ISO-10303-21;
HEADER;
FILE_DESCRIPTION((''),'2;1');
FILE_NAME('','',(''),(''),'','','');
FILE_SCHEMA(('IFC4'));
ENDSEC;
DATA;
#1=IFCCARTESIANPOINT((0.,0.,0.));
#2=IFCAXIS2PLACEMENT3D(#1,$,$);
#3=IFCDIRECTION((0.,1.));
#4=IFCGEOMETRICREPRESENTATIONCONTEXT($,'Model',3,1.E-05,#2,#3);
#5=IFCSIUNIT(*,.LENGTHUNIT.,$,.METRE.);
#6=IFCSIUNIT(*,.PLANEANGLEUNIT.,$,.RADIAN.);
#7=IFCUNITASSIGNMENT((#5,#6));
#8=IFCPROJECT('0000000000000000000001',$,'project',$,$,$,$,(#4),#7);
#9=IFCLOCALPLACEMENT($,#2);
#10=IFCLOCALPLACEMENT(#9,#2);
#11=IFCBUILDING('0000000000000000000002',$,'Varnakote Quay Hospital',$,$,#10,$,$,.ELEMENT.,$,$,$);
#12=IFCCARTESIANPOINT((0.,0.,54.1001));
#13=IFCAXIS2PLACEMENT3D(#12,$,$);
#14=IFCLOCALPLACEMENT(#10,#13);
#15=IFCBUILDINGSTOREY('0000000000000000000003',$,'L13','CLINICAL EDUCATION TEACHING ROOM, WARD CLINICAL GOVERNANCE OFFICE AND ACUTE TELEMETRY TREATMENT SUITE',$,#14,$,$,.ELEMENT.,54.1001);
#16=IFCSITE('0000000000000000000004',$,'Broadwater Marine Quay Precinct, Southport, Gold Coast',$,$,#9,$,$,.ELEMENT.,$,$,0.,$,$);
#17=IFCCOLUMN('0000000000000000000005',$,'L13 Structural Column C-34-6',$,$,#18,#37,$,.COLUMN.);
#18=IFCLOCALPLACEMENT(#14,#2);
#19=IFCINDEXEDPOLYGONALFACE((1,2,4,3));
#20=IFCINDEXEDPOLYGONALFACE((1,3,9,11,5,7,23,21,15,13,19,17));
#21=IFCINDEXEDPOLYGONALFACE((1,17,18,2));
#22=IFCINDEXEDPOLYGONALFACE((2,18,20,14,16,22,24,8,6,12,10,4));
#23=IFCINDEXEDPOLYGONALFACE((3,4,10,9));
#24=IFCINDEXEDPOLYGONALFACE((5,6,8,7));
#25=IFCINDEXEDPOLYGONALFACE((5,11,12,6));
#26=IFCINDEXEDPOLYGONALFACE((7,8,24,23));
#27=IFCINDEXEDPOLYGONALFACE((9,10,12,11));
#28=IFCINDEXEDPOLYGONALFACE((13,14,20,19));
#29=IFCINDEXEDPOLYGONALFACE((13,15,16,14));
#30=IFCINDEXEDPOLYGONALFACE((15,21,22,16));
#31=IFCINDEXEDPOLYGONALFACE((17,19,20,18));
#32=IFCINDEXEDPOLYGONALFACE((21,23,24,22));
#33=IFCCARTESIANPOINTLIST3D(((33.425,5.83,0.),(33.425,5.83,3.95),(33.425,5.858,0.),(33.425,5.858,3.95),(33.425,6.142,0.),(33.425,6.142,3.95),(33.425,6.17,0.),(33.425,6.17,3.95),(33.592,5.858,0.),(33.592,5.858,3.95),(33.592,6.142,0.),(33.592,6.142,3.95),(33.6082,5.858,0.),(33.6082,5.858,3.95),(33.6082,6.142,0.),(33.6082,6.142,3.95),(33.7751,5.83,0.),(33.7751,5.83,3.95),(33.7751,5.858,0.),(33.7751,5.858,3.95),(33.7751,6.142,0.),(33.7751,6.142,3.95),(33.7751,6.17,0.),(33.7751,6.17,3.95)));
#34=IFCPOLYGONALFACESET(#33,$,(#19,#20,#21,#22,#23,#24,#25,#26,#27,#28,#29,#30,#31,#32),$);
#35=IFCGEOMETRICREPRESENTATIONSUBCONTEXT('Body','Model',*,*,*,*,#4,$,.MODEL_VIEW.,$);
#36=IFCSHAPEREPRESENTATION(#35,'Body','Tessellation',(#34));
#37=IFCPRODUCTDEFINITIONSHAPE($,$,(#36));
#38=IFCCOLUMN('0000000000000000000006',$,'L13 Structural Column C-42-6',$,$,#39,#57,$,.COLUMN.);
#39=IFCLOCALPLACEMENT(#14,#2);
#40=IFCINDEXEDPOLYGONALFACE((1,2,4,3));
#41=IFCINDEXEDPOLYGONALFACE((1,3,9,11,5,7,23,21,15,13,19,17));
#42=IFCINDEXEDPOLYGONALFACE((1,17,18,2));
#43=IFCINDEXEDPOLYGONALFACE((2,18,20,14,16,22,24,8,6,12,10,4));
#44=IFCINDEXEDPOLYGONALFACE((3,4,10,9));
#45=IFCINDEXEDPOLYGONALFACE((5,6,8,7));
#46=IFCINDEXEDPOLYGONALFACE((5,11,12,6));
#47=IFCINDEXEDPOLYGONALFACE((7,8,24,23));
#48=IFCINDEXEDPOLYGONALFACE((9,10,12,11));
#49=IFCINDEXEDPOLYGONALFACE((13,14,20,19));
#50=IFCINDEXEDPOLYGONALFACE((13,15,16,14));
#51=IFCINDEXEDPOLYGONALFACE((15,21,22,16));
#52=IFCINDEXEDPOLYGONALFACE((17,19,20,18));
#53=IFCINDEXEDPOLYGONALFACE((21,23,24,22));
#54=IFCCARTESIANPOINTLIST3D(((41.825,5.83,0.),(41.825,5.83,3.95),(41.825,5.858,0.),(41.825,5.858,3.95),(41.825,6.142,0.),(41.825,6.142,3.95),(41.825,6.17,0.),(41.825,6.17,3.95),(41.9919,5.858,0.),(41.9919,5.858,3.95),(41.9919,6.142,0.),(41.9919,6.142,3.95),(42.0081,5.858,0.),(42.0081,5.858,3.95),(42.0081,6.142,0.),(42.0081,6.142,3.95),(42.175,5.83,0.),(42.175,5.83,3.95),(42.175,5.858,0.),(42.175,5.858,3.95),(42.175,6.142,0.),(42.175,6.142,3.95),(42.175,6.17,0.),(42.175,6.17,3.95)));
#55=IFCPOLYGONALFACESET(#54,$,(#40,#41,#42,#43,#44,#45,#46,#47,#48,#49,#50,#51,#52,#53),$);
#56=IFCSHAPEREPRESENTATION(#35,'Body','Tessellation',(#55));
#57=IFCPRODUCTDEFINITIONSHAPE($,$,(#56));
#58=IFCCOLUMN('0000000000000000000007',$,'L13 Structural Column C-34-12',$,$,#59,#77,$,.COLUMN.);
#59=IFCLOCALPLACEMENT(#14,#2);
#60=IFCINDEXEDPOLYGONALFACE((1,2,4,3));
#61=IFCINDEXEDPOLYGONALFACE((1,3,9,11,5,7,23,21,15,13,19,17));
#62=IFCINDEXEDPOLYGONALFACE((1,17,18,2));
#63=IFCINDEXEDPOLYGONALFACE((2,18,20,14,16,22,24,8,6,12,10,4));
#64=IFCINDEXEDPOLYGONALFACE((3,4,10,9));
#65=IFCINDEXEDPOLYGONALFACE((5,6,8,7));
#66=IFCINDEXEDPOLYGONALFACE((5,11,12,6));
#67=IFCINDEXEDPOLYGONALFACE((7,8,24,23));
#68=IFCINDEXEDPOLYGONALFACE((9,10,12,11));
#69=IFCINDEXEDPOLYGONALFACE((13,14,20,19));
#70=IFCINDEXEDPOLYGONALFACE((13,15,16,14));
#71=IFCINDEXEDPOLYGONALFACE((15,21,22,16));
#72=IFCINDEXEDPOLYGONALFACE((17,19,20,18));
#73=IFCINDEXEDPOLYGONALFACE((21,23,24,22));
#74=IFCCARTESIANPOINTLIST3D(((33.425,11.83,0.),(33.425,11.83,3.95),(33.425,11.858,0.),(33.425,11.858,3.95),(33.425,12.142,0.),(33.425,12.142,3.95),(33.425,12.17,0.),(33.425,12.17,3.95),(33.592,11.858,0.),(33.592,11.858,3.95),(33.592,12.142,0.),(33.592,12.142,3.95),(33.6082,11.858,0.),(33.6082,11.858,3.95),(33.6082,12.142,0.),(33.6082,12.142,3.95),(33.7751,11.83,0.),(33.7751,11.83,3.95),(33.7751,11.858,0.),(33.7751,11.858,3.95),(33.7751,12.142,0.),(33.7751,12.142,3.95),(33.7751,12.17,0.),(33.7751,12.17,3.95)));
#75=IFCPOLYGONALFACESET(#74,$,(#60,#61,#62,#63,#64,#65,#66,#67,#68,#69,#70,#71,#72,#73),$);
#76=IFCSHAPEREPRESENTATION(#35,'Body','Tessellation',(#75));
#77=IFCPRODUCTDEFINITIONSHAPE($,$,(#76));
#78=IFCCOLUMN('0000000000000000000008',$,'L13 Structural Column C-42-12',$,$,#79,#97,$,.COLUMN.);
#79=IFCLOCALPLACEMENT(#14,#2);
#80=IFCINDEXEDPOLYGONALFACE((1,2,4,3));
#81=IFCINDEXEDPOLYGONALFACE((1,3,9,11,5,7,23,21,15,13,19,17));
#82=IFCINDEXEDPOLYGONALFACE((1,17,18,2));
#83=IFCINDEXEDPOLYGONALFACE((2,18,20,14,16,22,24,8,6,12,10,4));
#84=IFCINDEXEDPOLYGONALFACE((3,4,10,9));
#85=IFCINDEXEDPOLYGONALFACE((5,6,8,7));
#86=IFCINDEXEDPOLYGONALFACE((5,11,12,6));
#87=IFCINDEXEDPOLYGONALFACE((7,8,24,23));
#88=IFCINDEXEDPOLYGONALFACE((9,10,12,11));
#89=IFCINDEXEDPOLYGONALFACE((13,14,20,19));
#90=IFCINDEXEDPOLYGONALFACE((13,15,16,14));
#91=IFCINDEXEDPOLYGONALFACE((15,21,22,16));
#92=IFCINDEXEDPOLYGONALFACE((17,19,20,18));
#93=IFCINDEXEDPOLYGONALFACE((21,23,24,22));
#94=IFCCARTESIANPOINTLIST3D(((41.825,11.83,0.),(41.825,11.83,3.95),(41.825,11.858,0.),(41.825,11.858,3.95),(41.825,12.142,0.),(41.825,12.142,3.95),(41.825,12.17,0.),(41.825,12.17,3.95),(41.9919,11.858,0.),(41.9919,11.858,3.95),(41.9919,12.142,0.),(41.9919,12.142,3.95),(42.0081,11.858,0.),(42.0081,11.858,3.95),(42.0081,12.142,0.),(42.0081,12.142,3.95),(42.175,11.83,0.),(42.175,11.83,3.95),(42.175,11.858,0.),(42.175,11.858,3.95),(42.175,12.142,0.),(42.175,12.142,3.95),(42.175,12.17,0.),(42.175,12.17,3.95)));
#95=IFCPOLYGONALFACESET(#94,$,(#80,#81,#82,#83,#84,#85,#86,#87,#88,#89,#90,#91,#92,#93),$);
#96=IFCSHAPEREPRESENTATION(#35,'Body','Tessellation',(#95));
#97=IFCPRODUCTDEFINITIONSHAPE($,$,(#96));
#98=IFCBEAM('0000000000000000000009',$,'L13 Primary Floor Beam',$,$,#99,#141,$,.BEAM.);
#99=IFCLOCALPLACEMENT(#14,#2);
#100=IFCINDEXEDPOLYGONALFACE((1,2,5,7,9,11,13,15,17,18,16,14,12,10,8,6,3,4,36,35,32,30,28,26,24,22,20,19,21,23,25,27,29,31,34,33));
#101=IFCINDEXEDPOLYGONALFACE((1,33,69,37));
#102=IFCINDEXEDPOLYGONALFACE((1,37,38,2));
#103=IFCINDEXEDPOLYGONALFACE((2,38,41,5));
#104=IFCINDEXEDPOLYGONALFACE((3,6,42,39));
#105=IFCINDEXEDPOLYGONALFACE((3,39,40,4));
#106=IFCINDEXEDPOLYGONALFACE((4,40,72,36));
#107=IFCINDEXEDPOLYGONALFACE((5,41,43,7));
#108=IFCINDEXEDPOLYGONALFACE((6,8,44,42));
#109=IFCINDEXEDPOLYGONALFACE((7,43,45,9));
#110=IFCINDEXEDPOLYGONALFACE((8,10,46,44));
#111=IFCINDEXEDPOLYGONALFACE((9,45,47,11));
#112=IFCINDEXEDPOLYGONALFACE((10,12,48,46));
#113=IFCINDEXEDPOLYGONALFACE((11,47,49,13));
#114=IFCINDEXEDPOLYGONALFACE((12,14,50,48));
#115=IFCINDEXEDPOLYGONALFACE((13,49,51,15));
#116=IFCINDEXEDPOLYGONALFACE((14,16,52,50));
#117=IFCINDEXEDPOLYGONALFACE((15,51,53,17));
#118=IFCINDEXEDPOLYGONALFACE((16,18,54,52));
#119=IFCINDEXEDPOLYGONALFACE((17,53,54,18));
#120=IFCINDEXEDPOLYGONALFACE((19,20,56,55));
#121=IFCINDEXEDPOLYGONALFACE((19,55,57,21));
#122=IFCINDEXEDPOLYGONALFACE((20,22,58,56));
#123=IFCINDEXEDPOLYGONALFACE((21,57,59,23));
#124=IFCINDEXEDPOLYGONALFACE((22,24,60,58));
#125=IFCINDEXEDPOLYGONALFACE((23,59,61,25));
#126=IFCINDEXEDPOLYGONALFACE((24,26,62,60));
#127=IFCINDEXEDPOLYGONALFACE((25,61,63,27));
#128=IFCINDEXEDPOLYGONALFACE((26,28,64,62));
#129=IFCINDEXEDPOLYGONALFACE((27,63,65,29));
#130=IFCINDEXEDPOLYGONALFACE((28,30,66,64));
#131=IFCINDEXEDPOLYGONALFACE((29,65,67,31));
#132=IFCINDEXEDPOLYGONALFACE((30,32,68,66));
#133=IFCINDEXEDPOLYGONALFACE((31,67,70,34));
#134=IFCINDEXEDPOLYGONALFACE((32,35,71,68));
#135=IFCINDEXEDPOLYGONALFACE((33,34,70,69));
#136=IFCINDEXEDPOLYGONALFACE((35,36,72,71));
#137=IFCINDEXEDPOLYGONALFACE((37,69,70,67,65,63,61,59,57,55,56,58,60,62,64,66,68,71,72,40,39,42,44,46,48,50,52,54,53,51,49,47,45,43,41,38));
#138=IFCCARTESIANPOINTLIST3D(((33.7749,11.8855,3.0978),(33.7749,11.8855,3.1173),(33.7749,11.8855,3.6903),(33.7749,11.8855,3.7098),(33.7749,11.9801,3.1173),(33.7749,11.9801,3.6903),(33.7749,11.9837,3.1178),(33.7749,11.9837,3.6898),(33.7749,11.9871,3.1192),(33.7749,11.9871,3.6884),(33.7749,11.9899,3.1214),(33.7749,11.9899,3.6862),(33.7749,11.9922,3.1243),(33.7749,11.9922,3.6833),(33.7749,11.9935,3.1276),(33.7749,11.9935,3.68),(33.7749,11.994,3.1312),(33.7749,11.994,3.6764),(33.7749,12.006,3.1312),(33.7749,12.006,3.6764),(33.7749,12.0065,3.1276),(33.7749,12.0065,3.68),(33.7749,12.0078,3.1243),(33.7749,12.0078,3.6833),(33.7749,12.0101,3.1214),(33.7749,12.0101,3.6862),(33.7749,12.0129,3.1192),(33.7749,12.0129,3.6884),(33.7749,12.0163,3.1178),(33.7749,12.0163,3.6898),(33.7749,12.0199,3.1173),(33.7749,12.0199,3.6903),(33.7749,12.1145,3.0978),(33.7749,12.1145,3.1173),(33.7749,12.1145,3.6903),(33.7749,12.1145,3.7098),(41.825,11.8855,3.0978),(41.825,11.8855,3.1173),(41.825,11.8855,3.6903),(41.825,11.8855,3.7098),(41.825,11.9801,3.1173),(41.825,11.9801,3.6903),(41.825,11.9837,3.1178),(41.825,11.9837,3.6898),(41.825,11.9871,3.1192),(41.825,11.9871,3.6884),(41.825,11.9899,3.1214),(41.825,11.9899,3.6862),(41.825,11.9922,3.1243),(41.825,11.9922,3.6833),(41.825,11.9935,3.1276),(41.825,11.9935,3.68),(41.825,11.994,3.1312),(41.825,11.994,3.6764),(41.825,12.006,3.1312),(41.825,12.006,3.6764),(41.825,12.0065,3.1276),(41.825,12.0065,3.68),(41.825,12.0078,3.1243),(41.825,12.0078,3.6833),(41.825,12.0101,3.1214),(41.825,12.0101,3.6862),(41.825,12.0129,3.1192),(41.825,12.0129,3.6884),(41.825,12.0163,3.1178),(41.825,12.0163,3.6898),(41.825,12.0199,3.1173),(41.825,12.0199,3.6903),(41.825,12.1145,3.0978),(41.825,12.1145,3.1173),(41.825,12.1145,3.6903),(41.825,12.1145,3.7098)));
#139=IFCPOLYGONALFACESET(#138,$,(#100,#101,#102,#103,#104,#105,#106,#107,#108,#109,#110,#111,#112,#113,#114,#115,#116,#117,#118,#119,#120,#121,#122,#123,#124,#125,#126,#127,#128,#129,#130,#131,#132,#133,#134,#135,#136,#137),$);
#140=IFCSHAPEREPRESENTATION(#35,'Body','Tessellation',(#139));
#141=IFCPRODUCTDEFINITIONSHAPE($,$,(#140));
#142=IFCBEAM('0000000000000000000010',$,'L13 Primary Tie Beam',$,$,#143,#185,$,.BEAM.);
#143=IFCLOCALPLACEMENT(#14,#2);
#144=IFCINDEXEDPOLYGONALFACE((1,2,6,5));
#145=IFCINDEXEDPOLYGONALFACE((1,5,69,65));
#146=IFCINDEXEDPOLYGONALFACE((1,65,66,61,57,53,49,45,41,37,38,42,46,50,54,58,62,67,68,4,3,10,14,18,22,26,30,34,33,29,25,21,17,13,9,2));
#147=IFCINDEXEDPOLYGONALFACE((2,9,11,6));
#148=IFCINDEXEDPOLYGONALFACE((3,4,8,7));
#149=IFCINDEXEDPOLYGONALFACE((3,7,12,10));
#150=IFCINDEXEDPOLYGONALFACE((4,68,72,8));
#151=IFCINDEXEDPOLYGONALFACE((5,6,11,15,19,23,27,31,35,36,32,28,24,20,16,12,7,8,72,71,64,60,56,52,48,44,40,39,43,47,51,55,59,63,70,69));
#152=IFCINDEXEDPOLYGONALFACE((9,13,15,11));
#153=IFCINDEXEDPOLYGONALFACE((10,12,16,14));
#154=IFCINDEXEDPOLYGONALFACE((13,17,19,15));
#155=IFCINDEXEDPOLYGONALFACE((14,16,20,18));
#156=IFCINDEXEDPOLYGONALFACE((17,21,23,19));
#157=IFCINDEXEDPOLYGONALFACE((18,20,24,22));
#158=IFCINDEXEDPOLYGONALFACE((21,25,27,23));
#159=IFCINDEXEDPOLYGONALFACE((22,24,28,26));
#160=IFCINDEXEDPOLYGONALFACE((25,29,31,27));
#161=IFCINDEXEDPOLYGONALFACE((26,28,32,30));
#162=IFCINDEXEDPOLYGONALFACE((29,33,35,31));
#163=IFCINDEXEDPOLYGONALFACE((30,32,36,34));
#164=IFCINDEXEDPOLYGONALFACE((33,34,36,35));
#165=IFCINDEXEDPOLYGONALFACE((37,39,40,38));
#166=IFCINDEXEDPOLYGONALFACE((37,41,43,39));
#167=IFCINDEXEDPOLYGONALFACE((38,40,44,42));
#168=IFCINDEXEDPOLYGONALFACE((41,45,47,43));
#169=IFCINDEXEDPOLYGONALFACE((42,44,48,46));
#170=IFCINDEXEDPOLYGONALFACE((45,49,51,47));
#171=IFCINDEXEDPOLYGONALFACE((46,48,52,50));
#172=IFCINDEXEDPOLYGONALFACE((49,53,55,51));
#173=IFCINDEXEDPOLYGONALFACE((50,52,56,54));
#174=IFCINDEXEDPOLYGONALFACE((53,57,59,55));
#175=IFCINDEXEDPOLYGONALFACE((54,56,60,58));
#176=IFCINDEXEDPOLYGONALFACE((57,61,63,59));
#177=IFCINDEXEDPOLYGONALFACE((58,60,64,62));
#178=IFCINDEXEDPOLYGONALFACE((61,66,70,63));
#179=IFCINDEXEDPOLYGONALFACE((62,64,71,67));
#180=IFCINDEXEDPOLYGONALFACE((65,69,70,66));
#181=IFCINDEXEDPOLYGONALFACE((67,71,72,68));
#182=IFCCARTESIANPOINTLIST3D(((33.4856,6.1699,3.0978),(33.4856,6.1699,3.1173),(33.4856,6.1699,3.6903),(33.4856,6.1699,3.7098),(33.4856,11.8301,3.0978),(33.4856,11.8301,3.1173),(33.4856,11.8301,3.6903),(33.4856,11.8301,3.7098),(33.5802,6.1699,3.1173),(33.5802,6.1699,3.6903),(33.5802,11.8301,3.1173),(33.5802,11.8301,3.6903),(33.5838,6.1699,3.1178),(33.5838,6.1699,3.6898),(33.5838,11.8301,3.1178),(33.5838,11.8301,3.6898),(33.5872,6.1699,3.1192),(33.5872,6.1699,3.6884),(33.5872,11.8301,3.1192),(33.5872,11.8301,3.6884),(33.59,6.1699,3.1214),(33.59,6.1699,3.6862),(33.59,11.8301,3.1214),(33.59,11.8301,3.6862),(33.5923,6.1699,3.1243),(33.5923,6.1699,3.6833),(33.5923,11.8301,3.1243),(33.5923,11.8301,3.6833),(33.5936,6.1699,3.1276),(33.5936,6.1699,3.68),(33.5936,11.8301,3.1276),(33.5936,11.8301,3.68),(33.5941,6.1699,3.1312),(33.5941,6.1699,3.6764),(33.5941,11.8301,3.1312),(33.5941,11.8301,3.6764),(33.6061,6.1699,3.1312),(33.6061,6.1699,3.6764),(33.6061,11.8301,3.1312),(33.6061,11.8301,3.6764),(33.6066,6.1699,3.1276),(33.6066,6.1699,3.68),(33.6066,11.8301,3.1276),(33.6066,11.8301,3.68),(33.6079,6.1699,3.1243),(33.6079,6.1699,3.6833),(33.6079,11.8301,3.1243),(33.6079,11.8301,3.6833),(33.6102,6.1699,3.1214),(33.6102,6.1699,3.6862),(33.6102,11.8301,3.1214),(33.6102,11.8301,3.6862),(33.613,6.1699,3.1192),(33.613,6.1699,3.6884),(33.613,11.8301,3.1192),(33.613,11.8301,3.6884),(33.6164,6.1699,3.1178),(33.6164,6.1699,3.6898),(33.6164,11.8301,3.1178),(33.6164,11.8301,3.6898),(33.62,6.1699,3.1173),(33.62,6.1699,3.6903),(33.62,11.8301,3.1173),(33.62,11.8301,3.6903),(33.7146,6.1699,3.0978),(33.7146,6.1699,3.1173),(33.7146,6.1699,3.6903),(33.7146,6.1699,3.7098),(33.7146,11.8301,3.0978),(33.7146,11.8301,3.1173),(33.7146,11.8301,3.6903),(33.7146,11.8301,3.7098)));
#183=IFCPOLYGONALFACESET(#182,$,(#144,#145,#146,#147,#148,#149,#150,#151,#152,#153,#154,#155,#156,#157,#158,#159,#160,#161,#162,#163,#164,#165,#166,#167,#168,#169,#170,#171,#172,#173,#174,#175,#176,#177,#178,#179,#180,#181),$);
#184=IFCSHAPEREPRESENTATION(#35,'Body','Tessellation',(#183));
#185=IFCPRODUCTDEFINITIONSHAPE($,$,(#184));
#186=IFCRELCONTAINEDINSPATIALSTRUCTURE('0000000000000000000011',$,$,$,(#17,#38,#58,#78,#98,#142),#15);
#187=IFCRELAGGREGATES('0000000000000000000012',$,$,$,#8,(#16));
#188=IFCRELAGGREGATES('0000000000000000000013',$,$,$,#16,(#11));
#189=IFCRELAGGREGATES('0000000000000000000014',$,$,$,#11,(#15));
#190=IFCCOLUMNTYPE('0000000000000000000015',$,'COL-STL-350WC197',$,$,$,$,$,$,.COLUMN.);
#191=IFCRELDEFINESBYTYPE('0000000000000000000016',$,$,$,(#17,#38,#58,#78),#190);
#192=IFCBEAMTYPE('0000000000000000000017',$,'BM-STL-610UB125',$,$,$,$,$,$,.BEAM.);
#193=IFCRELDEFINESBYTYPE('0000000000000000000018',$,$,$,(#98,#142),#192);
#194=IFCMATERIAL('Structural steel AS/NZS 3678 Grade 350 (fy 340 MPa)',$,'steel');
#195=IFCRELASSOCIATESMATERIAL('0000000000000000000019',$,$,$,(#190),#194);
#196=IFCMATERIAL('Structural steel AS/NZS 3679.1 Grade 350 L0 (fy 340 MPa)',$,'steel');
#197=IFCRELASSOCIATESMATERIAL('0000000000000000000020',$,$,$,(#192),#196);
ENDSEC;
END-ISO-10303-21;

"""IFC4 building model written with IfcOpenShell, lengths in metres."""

from ifc_helpers import new_model, si_unit, direction, frame, origin, origin_2d, place, context, subcontext, project, spatial, i_section, extrude, material, material_profile, profile_set, type_object, element, save


model = new_model("IFC4")

# Units and contexts
model_context = context("Model", 3, precision=1e-05, world=origin(), true_north=direction((0.0, 1.0)))
body_context = subcontext(model_context, "Body", "Model", "MODEL_VIEW")
ifc_project = project(units=[si_unit("LENGTHUNIT", "METRE"), si_unit("PLANEANGLEUNIT", "RADIAN")], contexts=[model_context])

# Site, building, storey
site_placement = place(None, origin())
site = spatial("IfcSite", under=ifc_project, at=site_placement, Name="Broadwater Marine Quay Precinct, Southport, Gold Coast", CompositionType="ELEMENT", RefElevation=0.0)
building_placement = place(site_placement, origin())
building = spatial("IfcBuilding", under=site, at=building_placement, Name="Varnakote Quay Hospital", CompositionType="ELEMENT")
storey_placement = place(building_placement, frame((0.0, 0.0, 54.1001)))
storey = spatial("IfcBuildingStorey", under=building, at=storey_placement, Name="L13", Description="CLINICAL EDUCATION TEACHING ROOM, WARD CLINICAL GOVERNANCE OFFICE AND ACUTE TELEMETRY TREATMENT SUITE", CompositionType="ELEMENT", Elevation=54.1001)

# Columns
ifc_material_1 = material(Name="Structural steel AS/NZS 3678 Grade 350 (fy 340 MPa)", Category="steel")
ifc_material_profile_1 = material_profile(ifc_material_1, i_section(OverallWidth=0.3501, OverallDepth=0.3401, WebThickness=0.0161, FlangeThickness=0.0281, at=origin_2d()), Name="350WC197")
ifc_profile_set_1 = profile_set([ifc_material_profile_1], Name="Structural steel AS/NZS 3678 Grade 350 (fy 340 MPa)")
column_type = type_object("IfcColumnType", Name="COL-STL-350WC197", PredefinedType="COLUMN", material=ifc_profile_set_1)
for number, where, z_axis, x_axis, name in (
    (1, (33.6001, 6.0, 0.0), (0.0, 0.0, 1.0), (1.0, 0.0, 0.0), "L13 Structural Column C-34-6"),
    (2, (42.0, 6.0, 0.0), (0.0, 0.0, 1.0), (1.0, 0.0, 0.0), "L13 Structural Column C-42-6"),
    (3, (33.6001, 12.0, 0.0), (0.0, 0.0, 1.0), (1.0, 0.0, 0.0), "L13 Structural Column C-34-12"),
    (4, (42.0, 12.0, 0.0), (0.0, 0.0, 1.0), (1.0, 0.0, 0.0), "L13 Structural Column C-42-12"),
):
    element("IfcColumn", number, at=place(storey_placement, frame(where, z_axis=z_axis, x_axis=x_axis)), inside=storey, type_object=column_type, Name=name, PredefinedType="COLUMN", context=body_context, shape_type="SweptSolid", body=[
        extrude(i_section(OverallWidth=0.3501, OverallDepth=0.3401, WebThickness=0.0161, FlangeThickness=0.0281, at=origin_2d()), origin(), (0.0, 0.0, 1.0), 3.95),
    ])

# Beams
ifc_material_2 = material(Name="Structural steel AS/NZS 3679.1 Grade 350 L0 (fy 340 MPa)", Category="steel")
ifc_material_profile_2 = material_profile(ifc_material_2, i_section(OverallWidth=0.229, OverallDepth=0.6121, WebThickness=0.012, FlangeThickness=0.0195, FilletRadius=0.0139, at=origin_2d()), Name="610UB125")
ifc_profile_set_2 = profile_set([ifc_material_profile_2], Name="Structural steel AS/NZS 3679.1 Grade 350 L0 (fy 340 MPa)")
beam_type_1 = type_object("IfcBeamType", Name="BM-STL-610UB125", PredefinedType="BEAM", material=ifc_profile_set_2)
beam_1_placement = place(storey_placement, frame((33.7749, 12.0, 3.4038), z_axis=(1.0, 0.0, 0.0), x_axis=(0.0, 1.0, 0.0)))
element("IfcBeam", 5, at=beam_1_placement, inside=storey, type_object=beam_type_1, Name="L13 Primary Floor Beam", PredefinedType="BEAM", context=body_context, shape_type="SweptSolid", body=[
    extrude(i_section(OverallWidth=0.229, OverallDepth=0.6121, WebThickness=0.012, FlangeThickness=0.0195, FilletRadius=0.0139, at=origin_2d()), origin(), (0.0, 0.0, 1.0), 8.05),
])
beam_2_placement = place(storey_placement, frame((33.6001, 6.1699, 3.4038), z_axis=(0.0, 1.0, 0.0), x_axis=(-1.0, 0.0, 0.0)))
element("IfcBeam", 6, at=beam_2_placement, inside=storey, type_object=beam_type_1, Name="L13 Primary Tie Beam", PredefinedType="BEAM", context=body_context, shape_type="SweptSolid", body=[
    extrude(i_section(OverallWidth=0.229, OverallDepth=0.6121, WebThickness=0.012, FlangeThickness=0.0195, FilletRadius=0.0139, at=origin_2d()), origin(), (0.0, 0.0, 1.0), 5.6602),
])

save(model, "model.ifc")
